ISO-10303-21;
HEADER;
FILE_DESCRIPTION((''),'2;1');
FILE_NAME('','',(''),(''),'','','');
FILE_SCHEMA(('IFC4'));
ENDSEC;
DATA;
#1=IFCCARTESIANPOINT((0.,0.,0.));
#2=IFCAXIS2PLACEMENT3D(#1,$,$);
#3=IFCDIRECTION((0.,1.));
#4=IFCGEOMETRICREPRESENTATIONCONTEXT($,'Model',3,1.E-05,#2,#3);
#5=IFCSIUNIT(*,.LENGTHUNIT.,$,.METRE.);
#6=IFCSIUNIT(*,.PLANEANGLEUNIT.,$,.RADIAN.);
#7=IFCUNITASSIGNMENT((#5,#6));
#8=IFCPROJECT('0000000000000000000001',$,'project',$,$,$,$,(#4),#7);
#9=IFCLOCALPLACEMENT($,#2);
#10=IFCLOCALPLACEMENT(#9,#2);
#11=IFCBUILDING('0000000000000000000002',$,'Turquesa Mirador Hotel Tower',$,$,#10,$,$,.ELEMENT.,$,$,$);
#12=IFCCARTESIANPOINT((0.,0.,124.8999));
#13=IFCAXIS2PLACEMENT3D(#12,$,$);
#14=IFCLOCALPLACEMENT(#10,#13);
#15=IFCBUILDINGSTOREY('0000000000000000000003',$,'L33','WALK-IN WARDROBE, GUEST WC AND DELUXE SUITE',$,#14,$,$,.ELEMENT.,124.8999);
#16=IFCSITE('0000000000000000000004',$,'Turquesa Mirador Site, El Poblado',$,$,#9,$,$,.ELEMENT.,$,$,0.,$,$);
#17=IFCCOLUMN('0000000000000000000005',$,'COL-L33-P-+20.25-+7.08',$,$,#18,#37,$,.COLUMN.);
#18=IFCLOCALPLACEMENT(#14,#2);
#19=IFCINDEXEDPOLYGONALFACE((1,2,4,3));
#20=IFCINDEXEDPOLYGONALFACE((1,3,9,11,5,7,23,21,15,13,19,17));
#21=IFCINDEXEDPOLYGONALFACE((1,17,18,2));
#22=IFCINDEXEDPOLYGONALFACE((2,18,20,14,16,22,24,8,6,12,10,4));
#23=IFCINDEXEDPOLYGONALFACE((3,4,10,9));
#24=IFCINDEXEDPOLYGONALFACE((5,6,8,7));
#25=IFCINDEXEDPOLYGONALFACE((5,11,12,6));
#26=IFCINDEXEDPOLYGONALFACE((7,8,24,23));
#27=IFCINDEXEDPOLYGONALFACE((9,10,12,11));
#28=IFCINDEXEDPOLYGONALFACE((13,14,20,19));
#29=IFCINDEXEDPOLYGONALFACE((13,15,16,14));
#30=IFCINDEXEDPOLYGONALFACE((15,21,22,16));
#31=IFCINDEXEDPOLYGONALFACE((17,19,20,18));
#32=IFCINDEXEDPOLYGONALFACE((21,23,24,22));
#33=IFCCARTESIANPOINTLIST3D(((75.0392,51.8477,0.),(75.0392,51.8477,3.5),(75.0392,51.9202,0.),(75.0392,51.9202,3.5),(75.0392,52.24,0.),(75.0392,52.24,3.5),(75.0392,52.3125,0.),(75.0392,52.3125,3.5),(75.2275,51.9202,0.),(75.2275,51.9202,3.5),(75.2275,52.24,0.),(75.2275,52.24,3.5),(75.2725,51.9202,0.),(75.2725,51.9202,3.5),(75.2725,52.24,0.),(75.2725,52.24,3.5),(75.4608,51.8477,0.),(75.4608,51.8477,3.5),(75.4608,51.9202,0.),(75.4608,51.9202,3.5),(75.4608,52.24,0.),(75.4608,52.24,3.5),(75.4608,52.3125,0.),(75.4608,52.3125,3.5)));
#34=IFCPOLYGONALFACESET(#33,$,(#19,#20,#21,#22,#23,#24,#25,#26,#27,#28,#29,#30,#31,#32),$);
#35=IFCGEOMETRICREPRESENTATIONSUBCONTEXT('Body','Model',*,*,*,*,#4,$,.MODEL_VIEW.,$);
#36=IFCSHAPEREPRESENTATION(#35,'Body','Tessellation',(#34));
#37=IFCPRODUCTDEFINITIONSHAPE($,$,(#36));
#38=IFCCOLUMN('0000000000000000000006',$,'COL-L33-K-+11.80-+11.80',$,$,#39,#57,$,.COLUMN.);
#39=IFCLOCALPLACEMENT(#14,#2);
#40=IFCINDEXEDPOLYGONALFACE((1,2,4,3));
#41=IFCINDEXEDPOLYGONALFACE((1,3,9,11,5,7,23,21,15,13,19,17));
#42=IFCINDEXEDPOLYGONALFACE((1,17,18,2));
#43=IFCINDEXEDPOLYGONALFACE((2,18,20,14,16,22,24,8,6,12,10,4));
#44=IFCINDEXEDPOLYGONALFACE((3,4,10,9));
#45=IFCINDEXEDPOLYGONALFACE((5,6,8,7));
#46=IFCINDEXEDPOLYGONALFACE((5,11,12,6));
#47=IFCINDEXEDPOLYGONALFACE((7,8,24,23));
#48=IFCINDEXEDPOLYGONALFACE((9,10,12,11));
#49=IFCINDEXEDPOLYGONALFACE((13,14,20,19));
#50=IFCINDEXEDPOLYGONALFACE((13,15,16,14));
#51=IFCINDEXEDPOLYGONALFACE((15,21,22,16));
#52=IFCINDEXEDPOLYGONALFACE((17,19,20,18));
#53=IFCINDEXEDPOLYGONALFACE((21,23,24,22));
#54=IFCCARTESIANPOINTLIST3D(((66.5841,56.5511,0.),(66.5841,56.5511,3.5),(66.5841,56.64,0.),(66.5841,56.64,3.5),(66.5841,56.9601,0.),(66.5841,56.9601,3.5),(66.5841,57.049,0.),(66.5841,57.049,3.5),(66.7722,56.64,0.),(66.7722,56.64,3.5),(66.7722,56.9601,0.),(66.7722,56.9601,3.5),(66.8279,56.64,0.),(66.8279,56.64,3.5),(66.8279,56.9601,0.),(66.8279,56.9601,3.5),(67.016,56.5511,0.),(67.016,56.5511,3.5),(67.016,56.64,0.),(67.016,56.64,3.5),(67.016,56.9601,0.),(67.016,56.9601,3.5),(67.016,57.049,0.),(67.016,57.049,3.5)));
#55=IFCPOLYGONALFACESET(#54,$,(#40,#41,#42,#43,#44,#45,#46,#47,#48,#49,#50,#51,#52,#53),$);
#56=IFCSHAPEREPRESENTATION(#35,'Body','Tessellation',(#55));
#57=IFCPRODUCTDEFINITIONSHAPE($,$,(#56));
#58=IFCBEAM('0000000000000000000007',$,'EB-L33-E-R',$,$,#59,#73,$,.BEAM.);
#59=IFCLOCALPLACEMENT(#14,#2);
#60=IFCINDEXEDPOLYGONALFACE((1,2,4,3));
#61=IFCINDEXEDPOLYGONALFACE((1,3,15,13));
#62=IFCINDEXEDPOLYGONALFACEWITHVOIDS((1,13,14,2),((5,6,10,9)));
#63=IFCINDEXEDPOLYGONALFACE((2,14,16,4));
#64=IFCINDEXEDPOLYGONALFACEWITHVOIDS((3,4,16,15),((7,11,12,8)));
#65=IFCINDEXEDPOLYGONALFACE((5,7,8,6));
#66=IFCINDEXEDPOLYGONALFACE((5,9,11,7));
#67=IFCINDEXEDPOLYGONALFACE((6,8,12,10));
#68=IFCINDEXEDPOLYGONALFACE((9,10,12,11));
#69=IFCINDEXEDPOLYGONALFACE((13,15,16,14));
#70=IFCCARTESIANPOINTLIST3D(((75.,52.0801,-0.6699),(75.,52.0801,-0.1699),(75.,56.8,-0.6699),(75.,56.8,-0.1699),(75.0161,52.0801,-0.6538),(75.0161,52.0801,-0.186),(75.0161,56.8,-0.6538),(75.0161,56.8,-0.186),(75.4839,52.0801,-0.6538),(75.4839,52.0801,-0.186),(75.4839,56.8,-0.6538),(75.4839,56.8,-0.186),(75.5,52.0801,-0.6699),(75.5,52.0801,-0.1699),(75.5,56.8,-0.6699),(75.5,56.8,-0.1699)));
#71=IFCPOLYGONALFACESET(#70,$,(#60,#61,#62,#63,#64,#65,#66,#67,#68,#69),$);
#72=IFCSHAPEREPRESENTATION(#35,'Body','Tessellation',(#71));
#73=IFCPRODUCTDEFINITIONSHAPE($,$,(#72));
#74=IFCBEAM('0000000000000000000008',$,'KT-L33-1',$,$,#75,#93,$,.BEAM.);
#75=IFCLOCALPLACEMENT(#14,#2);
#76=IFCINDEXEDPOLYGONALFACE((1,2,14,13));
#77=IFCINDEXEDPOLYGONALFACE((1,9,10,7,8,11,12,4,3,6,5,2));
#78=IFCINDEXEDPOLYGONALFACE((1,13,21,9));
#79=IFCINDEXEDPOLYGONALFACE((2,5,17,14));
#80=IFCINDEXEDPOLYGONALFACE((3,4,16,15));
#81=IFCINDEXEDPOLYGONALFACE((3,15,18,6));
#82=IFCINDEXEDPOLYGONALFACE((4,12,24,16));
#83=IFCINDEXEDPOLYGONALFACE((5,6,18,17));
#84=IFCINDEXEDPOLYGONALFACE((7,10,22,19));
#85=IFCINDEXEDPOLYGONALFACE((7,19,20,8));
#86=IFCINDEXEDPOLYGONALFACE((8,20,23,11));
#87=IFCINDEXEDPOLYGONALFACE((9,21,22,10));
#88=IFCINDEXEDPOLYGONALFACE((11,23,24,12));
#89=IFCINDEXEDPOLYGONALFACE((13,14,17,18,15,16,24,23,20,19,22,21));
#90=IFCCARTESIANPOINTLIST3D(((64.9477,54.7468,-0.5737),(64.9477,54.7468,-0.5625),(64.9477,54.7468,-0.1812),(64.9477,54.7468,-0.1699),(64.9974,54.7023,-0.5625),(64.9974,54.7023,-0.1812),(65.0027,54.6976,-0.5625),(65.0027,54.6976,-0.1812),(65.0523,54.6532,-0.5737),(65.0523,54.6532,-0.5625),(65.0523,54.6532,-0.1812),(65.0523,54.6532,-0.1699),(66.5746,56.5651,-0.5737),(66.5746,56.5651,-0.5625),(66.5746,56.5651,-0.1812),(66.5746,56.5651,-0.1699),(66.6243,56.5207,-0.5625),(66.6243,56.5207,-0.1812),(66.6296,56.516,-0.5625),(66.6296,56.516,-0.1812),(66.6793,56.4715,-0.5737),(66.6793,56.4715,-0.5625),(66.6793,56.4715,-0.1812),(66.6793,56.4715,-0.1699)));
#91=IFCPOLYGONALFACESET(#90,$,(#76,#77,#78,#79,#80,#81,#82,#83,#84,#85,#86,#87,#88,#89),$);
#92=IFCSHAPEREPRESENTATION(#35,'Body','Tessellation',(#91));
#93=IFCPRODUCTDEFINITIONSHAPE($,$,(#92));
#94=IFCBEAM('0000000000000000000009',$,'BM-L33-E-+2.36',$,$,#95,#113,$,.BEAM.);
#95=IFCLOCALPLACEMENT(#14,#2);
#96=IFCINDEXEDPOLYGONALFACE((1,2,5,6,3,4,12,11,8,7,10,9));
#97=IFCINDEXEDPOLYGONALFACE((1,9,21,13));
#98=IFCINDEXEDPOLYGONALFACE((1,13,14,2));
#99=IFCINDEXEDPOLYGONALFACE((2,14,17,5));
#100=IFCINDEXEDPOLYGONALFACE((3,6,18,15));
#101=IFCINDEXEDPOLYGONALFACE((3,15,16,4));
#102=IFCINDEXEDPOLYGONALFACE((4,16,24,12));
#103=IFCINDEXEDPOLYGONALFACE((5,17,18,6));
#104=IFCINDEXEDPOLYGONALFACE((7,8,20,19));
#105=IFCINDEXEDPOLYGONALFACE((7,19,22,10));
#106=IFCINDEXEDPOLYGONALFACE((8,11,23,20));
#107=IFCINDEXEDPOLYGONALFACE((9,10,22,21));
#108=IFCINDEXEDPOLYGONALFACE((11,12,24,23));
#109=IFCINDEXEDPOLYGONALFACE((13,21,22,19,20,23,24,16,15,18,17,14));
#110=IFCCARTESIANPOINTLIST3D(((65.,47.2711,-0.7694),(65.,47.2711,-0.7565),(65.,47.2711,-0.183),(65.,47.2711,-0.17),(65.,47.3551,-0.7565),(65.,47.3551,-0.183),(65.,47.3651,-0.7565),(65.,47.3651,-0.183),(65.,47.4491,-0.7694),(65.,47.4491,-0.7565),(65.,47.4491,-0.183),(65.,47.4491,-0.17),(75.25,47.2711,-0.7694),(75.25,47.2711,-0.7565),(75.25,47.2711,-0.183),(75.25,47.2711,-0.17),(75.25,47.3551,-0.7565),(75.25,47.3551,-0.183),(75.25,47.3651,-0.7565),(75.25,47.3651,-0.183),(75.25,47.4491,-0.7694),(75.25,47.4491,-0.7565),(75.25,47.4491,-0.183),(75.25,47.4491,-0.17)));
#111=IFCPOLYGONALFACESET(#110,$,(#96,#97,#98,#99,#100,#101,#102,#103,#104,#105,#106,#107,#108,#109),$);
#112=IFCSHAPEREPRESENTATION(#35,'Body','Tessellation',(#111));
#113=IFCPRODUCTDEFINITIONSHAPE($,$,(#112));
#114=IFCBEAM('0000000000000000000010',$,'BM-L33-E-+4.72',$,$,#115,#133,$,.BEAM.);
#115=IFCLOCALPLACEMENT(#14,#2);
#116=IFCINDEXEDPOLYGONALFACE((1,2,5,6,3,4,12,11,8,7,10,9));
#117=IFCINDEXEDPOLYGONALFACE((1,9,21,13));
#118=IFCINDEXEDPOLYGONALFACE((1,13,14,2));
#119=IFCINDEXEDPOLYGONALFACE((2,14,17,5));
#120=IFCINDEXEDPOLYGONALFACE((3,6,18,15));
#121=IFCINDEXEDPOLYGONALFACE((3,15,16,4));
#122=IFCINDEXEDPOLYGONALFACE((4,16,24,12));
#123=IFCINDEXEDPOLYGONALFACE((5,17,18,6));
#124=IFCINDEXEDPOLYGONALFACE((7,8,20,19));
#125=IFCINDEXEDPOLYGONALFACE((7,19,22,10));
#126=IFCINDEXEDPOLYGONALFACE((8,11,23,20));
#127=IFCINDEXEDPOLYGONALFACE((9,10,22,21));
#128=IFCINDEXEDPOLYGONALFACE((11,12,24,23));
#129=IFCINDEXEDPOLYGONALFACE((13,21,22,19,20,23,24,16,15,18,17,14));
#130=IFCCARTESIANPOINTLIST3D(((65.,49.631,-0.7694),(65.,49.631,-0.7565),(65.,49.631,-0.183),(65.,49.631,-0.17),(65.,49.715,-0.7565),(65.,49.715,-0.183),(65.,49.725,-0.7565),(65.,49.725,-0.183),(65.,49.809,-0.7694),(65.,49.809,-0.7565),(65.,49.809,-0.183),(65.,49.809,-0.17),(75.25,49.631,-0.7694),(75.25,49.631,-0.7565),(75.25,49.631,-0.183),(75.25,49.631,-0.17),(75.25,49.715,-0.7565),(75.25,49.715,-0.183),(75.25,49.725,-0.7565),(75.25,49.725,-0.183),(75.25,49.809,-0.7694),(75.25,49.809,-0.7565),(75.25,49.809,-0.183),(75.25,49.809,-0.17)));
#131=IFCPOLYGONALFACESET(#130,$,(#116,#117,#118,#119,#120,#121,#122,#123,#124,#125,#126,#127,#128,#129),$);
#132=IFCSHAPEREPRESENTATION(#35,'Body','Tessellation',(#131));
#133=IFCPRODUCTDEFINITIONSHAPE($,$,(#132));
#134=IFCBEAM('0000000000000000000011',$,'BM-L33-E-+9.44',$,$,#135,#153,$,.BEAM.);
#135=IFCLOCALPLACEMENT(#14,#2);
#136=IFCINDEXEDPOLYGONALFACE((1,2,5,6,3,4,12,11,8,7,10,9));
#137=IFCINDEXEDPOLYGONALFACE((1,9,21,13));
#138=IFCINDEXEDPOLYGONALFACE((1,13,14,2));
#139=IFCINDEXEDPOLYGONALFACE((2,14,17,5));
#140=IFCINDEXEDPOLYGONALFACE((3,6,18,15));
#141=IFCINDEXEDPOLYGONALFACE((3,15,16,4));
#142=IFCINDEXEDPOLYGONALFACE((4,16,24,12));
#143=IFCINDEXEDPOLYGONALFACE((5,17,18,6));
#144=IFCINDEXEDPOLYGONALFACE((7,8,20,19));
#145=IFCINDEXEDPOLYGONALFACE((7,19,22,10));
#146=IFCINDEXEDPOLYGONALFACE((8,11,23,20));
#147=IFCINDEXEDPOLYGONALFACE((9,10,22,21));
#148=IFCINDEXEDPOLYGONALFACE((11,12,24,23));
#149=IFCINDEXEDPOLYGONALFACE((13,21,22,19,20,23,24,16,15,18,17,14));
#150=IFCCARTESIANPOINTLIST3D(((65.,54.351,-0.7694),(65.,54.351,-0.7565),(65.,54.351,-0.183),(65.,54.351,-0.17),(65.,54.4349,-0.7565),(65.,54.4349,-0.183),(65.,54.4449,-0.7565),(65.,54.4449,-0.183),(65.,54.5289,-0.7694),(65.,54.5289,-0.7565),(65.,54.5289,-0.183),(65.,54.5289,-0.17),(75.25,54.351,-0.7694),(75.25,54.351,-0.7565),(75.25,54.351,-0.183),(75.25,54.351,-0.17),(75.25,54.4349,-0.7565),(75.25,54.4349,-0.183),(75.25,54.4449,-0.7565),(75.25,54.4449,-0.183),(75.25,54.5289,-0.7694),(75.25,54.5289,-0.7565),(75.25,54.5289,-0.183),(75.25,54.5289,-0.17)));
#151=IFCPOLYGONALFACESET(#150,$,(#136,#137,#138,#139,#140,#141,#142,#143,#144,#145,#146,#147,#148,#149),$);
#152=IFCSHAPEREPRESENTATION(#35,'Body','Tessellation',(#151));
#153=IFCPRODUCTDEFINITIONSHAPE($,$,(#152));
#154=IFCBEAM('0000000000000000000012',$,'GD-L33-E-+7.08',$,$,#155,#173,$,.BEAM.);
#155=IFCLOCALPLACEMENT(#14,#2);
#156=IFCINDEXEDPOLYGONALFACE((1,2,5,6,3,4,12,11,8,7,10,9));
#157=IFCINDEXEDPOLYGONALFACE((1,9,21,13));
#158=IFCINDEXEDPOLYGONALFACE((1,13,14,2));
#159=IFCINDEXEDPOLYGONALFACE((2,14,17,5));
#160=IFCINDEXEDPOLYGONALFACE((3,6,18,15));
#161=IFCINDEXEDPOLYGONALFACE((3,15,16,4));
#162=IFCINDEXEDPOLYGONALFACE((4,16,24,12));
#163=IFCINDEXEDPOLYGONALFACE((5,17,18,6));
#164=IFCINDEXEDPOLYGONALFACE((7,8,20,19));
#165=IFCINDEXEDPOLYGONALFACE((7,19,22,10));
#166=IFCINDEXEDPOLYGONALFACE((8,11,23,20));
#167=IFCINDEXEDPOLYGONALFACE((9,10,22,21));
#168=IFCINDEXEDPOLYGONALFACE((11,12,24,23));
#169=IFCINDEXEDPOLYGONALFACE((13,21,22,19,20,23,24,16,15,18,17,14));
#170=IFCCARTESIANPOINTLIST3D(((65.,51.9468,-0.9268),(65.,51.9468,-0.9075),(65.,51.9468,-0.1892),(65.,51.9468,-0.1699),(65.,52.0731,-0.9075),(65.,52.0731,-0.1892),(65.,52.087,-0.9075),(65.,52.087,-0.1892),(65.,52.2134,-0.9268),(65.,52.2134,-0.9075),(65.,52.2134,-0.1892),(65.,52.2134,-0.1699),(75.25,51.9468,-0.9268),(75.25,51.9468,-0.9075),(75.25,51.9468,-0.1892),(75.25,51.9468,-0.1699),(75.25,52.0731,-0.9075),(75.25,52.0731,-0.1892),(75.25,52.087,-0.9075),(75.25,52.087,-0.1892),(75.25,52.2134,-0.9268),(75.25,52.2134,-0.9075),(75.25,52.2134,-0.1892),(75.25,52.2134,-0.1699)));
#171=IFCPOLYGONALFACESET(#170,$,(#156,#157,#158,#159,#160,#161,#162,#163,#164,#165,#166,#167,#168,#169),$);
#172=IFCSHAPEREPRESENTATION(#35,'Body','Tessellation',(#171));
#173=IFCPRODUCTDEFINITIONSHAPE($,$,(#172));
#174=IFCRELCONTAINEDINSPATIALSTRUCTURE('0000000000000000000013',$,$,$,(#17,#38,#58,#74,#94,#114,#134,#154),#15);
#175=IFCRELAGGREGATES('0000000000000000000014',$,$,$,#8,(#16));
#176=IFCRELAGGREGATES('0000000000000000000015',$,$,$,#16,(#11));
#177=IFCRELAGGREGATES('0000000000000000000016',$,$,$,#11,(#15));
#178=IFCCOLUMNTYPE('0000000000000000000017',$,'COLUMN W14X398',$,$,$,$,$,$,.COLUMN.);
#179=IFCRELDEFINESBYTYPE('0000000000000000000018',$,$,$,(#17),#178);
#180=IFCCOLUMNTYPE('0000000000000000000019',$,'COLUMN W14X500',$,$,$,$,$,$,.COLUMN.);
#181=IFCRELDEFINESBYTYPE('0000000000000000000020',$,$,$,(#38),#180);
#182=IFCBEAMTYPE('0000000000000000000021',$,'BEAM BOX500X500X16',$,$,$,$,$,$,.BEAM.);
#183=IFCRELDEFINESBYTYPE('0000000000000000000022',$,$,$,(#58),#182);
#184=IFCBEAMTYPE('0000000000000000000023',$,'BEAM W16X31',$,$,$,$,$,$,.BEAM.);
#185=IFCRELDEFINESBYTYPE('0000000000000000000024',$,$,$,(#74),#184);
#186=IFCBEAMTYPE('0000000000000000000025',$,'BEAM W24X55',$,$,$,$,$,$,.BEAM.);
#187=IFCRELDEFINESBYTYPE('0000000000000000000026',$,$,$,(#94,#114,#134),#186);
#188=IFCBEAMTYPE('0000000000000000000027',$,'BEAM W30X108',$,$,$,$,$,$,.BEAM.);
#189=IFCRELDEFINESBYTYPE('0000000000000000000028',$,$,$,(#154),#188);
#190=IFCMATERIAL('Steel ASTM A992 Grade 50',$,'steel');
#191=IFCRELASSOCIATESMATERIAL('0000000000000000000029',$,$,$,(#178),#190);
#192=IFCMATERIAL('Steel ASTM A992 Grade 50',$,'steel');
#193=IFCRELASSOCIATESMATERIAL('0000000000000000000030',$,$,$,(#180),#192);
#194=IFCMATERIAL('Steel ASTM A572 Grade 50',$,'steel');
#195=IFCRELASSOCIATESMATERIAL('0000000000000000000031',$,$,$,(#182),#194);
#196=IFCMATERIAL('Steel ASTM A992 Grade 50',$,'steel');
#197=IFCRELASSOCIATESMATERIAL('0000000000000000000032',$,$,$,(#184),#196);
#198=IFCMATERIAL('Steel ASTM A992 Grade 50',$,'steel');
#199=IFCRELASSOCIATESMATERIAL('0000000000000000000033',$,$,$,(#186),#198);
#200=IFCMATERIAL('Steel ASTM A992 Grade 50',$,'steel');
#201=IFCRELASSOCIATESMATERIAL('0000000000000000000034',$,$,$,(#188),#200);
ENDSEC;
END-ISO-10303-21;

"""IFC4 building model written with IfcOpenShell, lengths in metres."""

from ifc_helpers import new_model, si_unit, direction, frame, origin, origin_2d, place, context, subcontext, project, spatial, hollow_rectangle, i_section, extrude, material, material_profile, profile_set, type_object, element, save


model = new_model("IFC4")

# Units and contexts
model_context = context("Model", 3, precision=1e-05, world=origin(), true_north=direction((0.0, 1.0)))
body_context = subcontext(model_context, "Body", "Model", "MODEL_VIEW")
ifc_project = project(units=[si_unit("LENGTHUNIT", "METRE"), si_unit("PLANEANGLEUNIT", "RADIAN")], contexts=[model_context])

# Site, building, storey
site_placement = place(None, origin())
site = spatial("IfcSite", under=ifc_project, at=site_placement, Name="Turquesa Mirador Site, El Poblado", CompositionType="ELEMENT", RefElevation=0.0)
building_placement = place(site_placement, origin())
building = spatial("IfcBuilding", under=site, at=building_placement, Name="Turquesa Mirador Hotel Tower", CompositionType="ELEMENT")
storey_placement = place(building_placement, frame((0.0, 0.0, 124.8999)))
storey = spatial("IfcBuildingStorey", under=building, at=storey_placement, Name="L33", Description="WALK-IN WARDROBE, GUEST WC AND DELUXE SUITE", CompositionType="ELEMENT", Elevation=124.8999)

# Columns
ifc_material_1 = material(Name="Steel ASTM A992 Grade 50", Category="steel")
ifc_material_profile_1 = material_profile(ifc_material_1, i_section(OverallWidth=0.4216, OverallDepth=0.4648, WebThickness=0.0449, FlangeThickness=0.0725, at=origin_2d()), Name="W14X398")
ifc_profile_set_1 = profile_set([ifc_material_profile_1], Name="Steel ASTM A992 Grade 50")
column_type_1 = type_object("IfcColumnType", Name="COLUMN W14X398", PredefinedType="COLUMN", material=ifc_profile_set_1)
column_1_placement = place(storey_placement, frame((75.25, 52.0801, 0.0), z_axis=(0.0, 0.0, 1.0), x_axis=(1.0, 0.0, 0.0)))
element("IfcColumn", 1, at=column_1_placement, inside=storey, type_object=column_type_1, Name="COL-L33-P-+20.25-+7.08", PredefinedType="COLUMN", context=body_context, shape_type="SweptSolid", body=[
    extrude(i_section(OverallWidth=0.4216, OverallDepth=0.4648, WebThickness=0.0449, FlangeThickness=0.0725, at=origin_2d()), origin(), (0.0, 0.0, 1.0), 3.5),
])
ifc_material_2 = material(Name="Steel ASTM A992 Grade 50", Category="steel")
ifc_material_profile_2 = material_profile(ifc_material_2, i_section(OverallWidth=0.4319, OverallDepth=0.4978, WebThickness=0.0557, FlangeThickness=0.0889, at=origin_2d()), Name="W14X500")
ifc_profile_set_2 = profile_set([ifc_material_profile_2], Name="Steel ASTM A992 Grade 50")
column_type_2 = type_object("IfcColumnType", Name="COLUMN W14X500", PredefinedType="COLUMN", material=ifc_profile_set_2)
column_2_placement = place(storey_placement, frame((66.8, 56.8, 0.0), z_axis=(0.0, 0.0, 1.0), x_axis=(1.0, 0.0, 0.0)))
element("IfcColumn", 2, at=column_2_placement, inside=storey, type_object=column_type_2, Name="COL-L33-K-+11.80-+11.80", PredefinedType="COLUMN", context=body_context, shape_type="SweptSolid", body=[
    extrude(i_section(OverallWidth=0.4319, OverallDepth=0.4978, WebThickness=0.0557, FlangeThickness=0.0889, at=origin_2d()), origin(), (0.0, 0.0, 1.0), 3.5),
])

# Beams
ifc_material_3 = material(Name="Steel ASTM A572 Grade 50", Category="steel")
ifc_material_profile_3 = material_profile(ifc_material_3, hollow_rectangle(XDim=0.5, YDim=0.5, WallThickness=0.0161, at=origin_2d()), Name="BOX500X500X16")
ifc_profile_set_3 = profile_set([ifc_material_profile_3], Name="Steel ASTM A572 Grade 50")
beam_type_1 = type_object("IfcBeamType", Name="BEAM BOX500X500X16", PredefinedType="BEAM", material=ifc_profile_set_3)
beam_1_placement = place(storey_placement, frame((75.25, 52.0801, -0.4199), z_axis=(0.0, 1.0, 0.0), x_axis=(-1.0, 0.0, 0.0)))
element("IfcBeam", 3, at=beam_1_placement, inside=storey, type_object=beam_type_1, Name="EB-L33-E-R", PredefinedType="BEAM", context=body_context, shape_type="SweptSolid", body=[
    extrude(hollow_rectangle(XDim=0.5, YDim=0.5, WallThickness=0.0161, at=origin_2d()), origin(), (0.0, 0.0, 1.0), 4.72),
])
ifc_material_4 = material(Name="Steel ASTM A992 Grade 50", Category="steel")
ifc_material_profile_4 = material_profile(ifc_material_4, i_section(OverallWidth=0.1404, OverallDepth=0.4038, WebThickness=0.0071, FlangeThickness=0.0112, at=origin_2d()), Name="W16X31")
ifc_profile_set_4 = profile_set([ifc_material_profile_4], Name="Steel ASTM A992 Grade 50")
beam_type_2 = type_object("IfcBeamType", Name="BEAM W16X31", PredefinedType="BEAM", material=ifc_profile_set_4)
beam_2_placement = place(storey_placement, frame((66.627, 56.5183, -0.3718), z_axis=(-0.666795, -0.745241, 0.0), x_axis=(0.745241, -0.666795, 0.0)))
element("IfcBeam", 4, at=beam_2_placement, inside=storey, type_object=beam_type_2, Name="KT-L33-1", PredefinedType="BEAM", context=body_context, shape_type="SweptSolid", body=[
    extrude(i_section(OverallWidth=0.1404, OverallDepth=0.4038, WebThickness=0.0071, FlangeThickness=0.0112, at=origin_2d()), origin(), (0.0, 0.0, 1.0), 2.4399),
])
ifc_material_5 = material(Name="Steel ASTM A992 Grade 50", Category="steel")
ifc_material_profile_5 = material_profile(ifc_material_5, i_section(OverallWidth=0.178, OverallDepth=0.5994, WebThickness=0.01, FlangeThickness=0.0129, at=origin_2d()), Name="W24X55")
ifc_profile_set_5 = profile_set([ifc_material_profile_5], Name="Steel ASTM A992 Grade 50")
beam_type_3 = type_object("IfcBeamType", Name="BEAM W24X55", PredefinedType="BEAM", material=ifc_profile_set_5)
for number, where, z_axis, x_axis, name in (
    (5, (75.25, 47.3601, -0.4697), (-1.0, 0.0, 0.0), (0.0, -1.0, 0.0), "BM-L33-E-+2.36"),
    (6, (75.25, 49.72, -0.4697), (-1.0, 0.0, 0.0), (0.0, -1.0, 0.0), "BM-L33-E-+4.72"),
    (7, (75.25, 54.4399, -0.4697), (-1.0, 0.0, 0.0), (0.0, -1.0, 0.0), "BM-L33-E-+9.44"),
):
    element("IfcBeam", number, at=place(storey_placement, frame(where, z_axis=z_axis, x_axis=x_axis)), inside=storey, type_object=beam_type_3, Name=name, PredefinedType="BEAM", context=body_context, shape_type="SweptSolid", body=[
        extrude(i_section(OverallWidth=0.178, OverallDepth=0.5994, WebThickness=0.01, FlangeThickness=0.0129, at=origin_2d()), origin(), (0.0, 0.0, 1.0), 10.25),
    ])
ifc_material_6 = material(Name="Steel ASTM A992 Grade 50", Category="steel")
ifc_material_profile_6 = material_profile(ifc_material_6, i_section(OverallWidth=0.2666, OverallDepth=0.7568, WebThickness=0.0139, FlangeThickness=0.0193, at=origin_2d()), Name="W30X108")
ifc_profile_set_6 = profile_set([ifc_material_profile_6], Name="Steel ASTM A992 Grade 50")
beam_type_4 = type_object("IfcBeamType", Name="BEAM W30X108", PredefinedType="BEAM", material=ifc_profile_set_6)
beam_3_placement = place(storey_placement, frame((75.25, 52.0801, -0.5483), z_axis=(-1.0, 0.0, 0.0), x_axis=(0.0, -1.0, 0.0)))
element("IfcBeam", 8, at=beam_3_placement, inside=storey, type_object=beam_type_4, Name="GD-L33-E-+7.08", PredefinedType="BEAM", context=body_context, shape_type="SweptSolid", body=[
    extrude(i_section(OverallWidth=0.2666, OverallDepth=0.7568, WebThickness=0.0139, FlangeThickness=0.0193, at=origin_2d()), origin(), (0.0, 0.0, 1.0), 10.25),
])

save(model, "model.ifc")
